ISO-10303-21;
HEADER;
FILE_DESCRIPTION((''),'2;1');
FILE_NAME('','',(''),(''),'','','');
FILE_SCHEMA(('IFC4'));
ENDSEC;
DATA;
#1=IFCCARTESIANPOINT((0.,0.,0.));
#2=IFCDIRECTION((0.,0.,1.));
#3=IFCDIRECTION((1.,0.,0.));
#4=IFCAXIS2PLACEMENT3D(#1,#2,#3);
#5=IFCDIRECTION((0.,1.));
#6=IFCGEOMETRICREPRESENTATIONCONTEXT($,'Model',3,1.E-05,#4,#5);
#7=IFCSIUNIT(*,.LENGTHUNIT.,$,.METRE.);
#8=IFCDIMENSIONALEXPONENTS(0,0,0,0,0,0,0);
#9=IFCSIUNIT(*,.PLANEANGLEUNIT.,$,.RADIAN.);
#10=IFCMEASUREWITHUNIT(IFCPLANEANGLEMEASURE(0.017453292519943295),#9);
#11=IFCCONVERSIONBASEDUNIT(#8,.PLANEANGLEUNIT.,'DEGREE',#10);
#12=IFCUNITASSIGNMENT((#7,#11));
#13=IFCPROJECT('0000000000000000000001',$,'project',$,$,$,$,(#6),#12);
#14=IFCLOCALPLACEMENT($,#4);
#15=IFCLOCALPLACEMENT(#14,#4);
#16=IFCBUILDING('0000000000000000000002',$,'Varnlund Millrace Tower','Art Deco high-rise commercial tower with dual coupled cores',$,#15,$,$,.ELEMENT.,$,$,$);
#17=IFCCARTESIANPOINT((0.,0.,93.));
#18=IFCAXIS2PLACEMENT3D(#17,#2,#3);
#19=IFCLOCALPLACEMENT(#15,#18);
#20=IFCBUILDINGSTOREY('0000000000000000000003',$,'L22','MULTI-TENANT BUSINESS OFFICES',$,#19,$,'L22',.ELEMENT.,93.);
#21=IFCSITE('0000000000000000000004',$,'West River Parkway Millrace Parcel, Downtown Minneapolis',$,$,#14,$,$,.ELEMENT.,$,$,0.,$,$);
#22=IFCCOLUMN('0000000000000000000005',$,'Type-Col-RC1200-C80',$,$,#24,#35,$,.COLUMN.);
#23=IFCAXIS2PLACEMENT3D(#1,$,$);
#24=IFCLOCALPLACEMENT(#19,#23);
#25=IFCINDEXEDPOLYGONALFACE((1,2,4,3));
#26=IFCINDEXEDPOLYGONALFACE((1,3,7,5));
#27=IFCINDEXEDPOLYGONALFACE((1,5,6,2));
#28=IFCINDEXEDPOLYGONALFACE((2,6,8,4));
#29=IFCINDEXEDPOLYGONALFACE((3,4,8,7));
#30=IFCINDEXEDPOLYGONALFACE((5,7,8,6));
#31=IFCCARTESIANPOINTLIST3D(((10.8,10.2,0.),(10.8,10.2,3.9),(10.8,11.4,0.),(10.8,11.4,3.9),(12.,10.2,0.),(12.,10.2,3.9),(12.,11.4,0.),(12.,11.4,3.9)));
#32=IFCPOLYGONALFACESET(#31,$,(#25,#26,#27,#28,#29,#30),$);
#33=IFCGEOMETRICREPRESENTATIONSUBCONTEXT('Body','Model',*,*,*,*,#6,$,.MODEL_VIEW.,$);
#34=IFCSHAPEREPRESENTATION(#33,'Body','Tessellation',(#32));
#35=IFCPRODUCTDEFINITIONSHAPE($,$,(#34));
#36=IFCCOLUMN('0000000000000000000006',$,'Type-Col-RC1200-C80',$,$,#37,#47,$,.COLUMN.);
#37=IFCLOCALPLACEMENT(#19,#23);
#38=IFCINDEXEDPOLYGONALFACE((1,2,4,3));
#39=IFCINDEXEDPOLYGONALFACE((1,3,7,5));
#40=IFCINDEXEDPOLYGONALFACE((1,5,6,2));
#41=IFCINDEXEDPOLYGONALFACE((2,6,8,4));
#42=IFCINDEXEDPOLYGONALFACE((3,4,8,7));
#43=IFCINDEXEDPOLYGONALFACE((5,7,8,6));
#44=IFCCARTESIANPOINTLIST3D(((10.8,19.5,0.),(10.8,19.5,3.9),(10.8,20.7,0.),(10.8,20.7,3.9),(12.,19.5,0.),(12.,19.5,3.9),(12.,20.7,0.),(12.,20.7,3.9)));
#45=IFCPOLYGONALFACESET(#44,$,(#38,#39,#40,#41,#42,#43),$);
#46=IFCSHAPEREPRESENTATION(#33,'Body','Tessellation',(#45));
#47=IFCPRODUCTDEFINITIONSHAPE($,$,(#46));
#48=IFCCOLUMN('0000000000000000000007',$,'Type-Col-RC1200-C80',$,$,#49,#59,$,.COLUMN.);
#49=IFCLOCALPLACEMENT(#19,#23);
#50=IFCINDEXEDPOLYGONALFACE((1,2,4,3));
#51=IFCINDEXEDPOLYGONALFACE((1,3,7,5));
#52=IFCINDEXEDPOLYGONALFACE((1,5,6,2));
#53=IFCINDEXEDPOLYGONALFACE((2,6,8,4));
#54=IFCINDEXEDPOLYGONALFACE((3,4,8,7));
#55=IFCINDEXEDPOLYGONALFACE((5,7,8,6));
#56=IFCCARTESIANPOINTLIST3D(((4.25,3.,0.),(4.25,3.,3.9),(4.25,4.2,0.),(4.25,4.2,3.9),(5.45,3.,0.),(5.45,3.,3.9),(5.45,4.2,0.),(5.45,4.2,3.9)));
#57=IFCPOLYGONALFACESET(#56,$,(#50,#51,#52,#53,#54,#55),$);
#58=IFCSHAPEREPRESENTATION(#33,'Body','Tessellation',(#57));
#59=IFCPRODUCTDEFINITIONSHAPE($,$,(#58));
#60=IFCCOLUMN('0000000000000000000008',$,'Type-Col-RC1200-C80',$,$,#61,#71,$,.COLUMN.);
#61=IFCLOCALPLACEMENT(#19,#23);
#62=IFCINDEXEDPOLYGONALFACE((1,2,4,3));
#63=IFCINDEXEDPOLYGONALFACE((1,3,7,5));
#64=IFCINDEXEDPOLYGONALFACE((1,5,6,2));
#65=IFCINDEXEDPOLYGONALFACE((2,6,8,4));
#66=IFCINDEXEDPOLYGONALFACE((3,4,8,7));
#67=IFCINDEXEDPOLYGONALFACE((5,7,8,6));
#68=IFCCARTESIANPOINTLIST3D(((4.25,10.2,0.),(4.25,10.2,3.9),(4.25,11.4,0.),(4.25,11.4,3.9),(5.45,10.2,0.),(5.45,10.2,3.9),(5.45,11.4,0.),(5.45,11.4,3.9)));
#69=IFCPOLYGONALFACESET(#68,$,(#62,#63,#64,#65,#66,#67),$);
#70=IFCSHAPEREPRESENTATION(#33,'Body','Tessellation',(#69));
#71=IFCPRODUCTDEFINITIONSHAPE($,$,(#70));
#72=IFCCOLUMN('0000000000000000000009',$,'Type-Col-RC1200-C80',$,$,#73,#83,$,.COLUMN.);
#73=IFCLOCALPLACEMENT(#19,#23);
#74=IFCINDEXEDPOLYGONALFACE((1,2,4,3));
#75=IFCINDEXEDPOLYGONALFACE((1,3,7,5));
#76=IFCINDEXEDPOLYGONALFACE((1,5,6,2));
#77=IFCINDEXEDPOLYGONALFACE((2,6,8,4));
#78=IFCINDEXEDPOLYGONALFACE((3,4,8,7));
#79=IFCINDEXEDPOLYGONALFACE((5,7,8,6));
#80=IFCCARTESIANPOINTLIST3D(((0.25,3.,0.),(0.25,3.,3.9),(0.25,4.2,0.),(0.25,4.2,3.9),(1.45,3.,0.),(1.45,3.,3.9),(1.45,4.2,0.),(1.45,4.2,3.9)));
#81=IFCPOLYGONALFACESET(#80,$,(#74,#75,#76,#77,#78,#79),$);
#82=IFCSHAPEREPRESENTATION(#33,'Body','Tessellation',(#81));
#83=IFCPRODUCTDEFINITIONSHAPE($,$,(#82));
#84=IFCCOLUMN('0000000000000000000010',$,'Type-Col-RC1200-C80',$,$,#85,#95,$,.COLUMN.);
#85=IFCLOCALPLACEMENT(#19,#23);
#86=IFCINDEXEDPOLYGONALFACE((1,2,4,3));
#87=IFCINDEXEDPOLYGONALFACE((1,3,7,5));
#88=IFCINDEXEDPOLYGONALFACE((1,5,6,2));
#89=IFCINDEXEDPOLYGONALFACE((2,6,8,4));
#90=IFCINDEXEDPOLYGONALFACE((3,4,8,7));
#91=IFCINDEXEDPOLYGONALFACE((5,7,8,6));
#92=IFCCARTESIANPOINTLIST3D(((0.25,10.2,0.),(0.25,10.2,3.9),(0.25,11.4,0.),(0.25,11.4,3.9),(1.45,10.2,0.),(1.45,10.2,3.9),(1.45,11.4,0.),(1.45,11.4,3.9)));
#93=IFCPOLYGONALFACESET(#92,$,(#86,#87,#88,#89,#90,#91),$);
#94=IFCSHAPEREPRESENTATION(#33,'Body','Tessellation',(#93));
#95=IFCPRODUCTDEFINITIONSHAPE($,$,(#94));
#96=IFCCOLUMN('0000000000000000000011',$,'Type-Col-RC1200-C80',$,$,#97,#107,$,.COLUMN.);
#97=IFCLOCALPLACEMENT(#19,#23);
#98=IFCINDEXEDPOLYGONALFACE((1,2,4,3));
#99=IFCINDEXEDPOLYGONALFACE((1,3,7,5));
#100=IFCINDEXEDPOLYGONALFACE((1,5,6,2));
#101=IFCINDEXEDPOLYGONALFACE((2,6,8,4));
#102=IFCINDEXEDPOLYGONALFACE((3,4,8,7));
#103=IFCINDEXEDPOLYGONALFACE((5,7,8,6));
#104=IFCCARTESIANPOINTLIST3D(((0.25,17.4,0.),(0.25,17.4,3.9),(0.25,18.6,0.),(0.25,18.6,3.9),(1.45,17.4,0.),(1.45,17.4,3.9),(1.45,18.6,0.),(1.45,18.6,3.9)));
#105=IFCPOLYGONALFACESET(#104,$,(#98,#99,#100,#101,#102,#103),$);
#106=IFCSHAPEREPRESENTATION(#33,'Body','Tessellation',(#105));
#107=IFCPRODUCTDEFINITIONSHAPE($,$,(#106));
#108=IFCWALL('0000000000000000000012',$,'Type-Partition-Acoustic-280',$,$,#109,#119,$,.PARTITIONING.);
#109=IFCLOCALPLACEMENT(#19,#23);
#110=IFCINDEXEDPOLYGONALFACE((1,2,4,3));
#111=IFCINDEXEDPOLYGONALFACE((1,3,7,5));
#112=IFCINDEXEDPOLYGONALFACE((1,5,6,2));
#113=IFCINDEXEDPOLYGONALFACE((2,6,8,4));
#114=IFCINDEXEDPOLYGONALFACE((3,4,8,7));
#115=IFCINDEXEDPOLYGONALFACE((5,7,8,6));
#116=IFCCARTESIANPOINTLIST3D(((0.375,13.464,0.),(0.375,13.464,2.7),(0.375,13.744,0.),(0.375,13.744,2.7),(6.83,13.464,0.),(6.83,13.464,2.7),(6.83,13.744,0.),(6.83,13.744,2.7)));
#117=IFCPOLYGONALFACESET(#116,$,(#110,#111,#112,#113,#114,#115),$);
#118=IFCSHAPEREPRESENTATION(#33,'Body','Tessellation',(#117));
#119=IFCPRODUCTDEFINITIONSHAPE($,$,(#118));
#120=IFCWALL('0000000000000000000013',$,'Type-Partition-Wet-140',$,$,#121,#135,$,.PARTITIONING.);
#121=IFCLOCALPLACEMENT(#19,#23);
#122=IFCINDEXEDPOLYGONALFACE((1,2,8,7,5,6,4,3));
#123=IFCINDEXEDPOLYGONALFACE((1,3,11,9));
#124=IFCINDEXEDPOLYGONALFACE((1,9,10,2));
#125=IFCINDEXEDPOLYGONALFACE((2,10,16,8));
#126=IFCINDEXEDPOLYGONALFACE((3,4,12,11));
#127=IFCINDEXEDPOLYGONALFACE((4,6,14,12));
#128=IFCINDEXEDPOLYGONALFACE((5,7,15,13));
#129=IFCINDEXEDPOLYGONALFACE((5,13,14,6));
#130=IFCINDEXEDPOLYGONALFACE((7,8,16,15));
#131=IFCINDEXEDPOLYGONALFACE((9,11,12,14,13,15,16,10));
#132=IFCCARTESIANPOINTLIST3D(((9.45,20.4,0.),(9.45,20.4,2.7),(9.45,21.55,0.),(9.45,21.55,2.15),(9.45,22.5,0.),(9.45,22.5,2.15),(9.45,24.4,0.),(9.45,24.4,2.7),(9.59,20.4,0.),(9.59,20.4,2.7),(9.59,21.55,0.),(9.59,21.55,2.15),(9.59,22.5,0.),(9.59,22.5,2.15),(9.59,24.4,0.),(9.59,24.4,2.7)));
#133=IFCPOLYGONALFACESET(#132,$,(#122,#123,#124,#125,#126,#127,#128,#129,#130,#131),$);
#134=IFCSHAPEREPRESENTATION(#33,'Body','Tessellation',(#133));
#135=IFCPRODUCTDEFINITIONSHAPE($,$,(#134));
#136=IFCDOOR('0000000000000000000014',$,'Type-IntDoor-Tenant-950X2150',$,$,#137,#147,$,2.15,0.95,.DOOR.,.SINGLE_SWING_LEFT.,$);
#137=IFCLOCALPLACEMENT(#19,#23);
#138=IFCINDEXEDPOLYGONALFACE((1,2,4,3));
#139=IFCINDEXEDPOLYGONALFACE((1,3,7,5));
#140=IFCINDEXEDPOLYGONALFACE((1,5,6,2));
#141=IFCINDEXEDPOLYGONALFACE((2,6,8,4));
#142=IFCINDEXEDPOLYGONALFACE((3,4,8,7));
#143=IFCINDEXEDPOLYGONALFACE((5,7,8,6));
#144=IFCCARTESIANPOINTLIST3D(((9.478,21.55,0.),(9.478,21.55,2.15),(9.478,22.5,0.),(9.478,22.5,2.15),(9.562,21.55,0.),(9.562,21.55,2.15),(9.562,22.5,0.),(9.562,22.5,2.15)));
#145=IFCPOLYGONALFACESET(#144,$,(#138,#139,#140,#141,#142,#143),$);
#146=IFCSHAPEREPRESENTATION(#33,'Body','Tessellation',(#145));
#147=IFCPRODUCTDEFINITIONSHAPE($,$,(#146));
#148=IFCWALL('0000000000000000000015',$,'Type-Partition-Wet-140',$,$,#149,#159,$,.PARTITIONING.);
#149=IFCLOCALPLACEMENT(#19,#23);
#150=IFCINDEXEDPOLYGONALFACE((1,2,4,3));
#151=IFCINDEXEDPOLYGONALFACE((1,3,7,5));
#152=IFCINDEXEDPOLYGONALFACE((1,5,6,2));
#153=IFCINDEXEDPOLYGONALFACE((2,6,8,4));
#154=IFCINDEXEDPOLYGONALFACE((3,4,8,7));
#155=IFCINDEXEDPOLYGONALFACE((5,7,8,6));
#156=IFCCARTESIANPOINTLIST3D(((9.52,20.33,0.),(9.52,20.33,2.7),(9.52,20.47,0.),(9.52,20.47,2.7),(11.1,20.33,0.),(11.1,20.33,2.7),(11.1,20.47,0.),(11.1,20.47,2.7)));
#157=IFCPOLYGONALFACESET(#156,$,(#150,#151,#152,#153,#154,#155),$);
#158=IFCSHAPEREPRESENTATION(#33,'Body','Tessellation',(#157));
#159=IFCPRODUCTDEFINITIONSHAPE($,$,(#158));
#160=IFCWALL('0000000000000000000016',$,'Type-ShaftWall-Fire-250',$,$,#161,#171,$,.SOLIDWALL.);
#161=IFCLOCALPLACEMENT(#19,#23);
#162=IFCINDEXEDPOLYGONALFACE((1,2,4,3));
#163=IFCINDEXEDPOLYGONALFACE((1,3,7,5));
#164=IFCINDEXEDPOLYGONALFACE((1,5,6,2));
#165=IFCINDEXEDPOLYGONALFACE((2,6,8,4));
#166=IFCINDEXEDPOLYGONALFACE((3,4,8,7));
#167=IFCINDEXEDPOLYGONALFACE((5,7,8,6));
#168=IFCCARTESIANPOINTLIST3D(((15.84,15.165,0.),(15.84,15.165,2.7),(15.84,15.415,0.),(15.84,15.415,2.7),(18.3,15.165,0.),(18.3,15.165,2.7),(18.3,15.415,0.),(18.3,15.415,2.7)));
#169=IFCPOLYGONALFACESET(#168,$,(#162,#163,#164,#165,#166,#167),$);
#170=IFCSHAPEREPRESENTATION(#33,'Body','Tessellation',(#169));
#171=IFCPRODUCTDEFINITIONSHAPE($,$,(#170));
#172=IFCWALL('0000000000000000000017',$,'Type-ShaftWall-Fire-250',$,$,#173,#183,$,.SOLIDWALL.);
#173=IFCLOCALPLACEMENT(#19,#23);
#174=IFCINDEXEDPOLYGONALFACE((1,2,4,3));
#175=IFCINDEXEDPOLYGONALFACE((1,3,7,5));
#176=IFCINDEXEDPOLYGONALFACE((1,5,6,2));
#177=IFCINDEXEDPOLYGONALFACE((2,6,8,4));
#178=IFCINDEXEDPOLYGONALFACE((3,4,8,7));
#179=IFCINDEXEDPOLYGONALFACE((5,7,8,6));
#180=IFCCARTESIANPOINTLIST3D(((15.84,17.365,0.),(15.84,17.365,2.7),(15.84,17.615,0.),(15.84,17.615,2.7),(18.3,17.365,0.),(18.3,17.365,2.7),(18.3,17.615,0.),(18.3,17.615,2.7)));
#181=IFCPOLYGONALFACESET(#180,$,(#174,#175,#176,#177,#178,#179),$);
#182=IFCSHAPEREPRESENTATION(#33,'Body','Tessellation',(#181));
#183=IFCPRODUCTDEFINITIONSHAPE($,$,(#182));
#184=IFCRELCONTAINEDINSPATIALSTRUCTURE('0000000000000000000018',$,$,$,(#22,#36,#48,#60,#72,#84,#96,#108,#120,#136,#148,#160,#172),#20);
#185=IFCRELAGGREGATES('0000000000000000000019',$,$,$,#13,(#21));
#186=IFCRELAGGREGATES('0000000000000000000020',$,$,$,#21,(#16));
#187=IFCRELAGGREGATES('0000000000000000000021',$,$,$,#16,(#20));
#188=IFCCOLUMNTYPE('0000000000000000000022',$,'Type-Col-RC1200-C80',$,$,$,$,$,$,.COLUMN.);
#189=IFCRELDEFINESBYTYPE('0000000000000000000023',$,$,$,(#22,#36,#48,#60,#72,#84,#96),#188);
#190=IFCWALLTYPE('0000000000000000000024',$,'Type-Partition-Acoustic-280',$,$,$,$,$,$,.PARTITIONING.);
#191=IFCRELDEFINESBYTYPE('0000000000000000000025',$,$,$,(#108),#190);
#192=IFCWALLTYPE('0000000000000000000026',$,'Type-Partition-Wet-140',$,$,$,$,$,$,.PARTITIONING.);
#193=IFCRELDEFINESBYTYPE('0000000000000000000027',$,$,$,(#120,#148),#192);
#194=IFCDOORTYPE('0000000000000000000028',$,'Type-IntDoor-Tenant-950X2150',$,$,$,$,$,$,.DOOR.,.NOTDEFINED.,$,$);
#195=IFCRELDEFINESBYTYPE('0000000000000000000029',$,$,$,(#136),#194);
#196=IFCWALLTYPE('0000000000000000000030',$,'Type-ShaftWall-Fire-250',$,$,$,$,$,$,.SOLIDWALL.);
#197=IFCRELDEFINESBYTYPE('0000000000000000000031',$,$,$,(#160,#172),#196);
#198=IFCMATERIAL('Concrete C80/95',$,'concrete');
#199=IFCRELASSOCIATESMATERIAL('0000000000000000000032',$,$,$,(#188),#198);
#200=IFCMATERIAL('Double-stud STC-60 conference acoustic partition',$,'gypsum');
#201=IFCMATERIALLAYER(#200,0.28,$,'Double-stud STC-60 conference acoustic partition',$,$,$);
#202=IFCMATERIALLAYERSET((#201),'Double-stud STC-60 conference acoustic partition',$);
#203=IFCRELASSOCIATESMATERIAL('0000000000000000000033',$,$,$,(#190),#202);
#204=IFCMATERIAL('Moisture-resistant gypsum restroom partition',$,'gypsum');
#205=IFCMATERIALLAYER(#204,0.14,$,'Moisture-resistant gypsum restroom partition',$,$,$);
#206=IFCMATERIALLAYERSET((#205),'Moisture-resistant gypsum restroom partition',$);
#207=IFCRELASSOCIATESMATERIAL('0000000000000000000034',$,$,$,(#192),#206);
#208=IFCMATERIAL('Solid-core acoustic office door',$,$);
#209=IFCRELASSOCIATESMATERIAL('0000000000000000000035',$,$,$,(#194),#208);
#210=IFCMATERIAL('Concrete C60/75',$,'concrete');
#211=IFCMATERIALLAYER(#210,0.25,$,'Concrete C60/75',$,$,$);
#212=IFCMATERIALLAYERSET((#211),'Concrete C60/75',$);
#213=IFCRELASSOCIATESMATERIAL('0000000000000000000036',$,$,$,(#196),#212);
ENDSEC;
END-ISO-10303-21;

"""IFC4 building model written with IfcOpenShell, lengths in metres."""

from ifc_helpers import new_model, entity, si_unit, converted_unit, direction, frame, origin_with_axes, origin_2d_with_axis, place, context, subcontext, project, spatial, polyline, rectangle, outline, extrude, material, layer, layer_set, material_profile, profile_set, type_object, element, fill, save


model = new_model("IFC4")

# Units and contexts
model_context = context("Model", 3, precision=1e-05, world=origin_with_axes(), true_north=direction((0.0, 1.0)))
body_context = subcontext(model_context, "Body", "Model", "MODEL_VIEW")
ifc_project = project(units=[si_unit("LENGTHUNIT", "METRE"), converted_unit("PLANEANGLEUNIT", "DEGREE", entity("IfcPlaneAngleMeasure", 0.017453292519943295), si_unit("PLANEANGLEUNIT", "RADIAN"), dimensions=[0, 0, 0, 0, 0, 0, 0])], contexts=[model_context])

# Site, building, storey
site_placement = place(None, origin_with_axes())
site = spatial("IfcSite", under=ifc_project, at=site_placement, Name="West River Parkway Millrace Parcel, Downtown Minneapolis", CompositionType="ELEMENT", RefElevation=0.0)
building_placement = place(site_placement, origin_with_axes())
building = spatial("IfcBuilding", under=site, at=building_placement, Name="Varnlund Millrace Tower", Description="Art Deco high-rise commercial tower with dual coupled cores", CompositionType="ELEMENT")
storey_placement = place(building_placement, frame((0.0, 0.0, 93.0), z_axis=(0.0, 0.0, 1.0), x_axis=(1.0, 0.0, 0.0)))
storey = spatial("IfcBuildingStorey", under=building, at=storey_placement, Name="L22", Description="MULTI-TENANT BUSINESS OFFICES", LongName="L22", CompositionType="ELEMENT", Elevation=93.0)

# Columns
ifc_material_1 = material(Name="Concrete C80/95", Category="concrete")
ifc_material_profile = material_profile(ifc_material_1, rectangle(XDim=1.2, YDim=1.2, at=origin_2d_with_axis()), Name="Concrete C80/95")
ifc_profile_set = profile_set([ifc_material_profile], Name="Concrete C80/95")
column_type = type_object("IfcColumnType", Name="Type-Col-RC1200-C80", PredefinedType="COLUMN", material=ifc_profile_set)
for number, where, z_axis, x_axis, name in (
    (1, (11.4, 10.8, 0.0), (0.0, 0.0, 1.0), (1.0, 0.0, 0.0), "Type-Col-RC1200-C80"),
    (2, (11.4, 20.1, 0.0), (0.0, 0.0, 1.0), (1.0, 0.0, 0.0), "Type-Col-RC1200-C80"),
    (3, (4.85, 3.6, 0.0), (0.0, 0.0, 1.0), (1.0, 0.0, 0.0), "Type-Col-RC1200-C80"),
    (4, (4.85, 10.8, 0.0), (0.0, 0.0, 1.0), (1.0, 0.0, 0.0), "Type-Col-RC1200-C80"),
    (5, (0.85, 3.6, 0.0), (0.0, 0.0, 1.0), (1.0, 0.0, 0.0), "Type-Col-RC1200-C80"),
    (6, (0.85, 10.8, 0.0), (0.0, 0.0, 1.0), (1.0, 0.0, 0.0), "Type-Col-RC1200-C80"),
    (7, (0.85, 18.0, 0.0), (0.0, 0.0, 1.0), (1.0, 0.0, 0.0), "Type-Col-RC1200-C80"),
):
    element("IfcColumn", number, at=place(storey_placement, frame(where, z_axis=z_axis, x_axis=x_axis)), inside=storey, type_object=column_type, Name=name, PredefinedType="COLUMN", context=body_context, shape_type="SweptSolid", body=[
        extrude(rectangle(XDim=1.2, YDim=1.2, at=origin_2d_with_axis()), origin_with_axes(), (0.0, 0.0, 1.0), 3.9),
    ])

# Wall
ifc_material_2 = material(Name="Double-stud STC-60 conference acoustic partition", Category="gypsum")
ifc_layer_1 = layer(ifc_material_2, 0.28, Name="Double-stud STC-60 conference acoustic partition")
ifc_layer_set_1 = layer_set([ifc_layer_1], Name="Double-stud STC-60 conference acoustic partition")
wall_type_1 = type_object("IfcWallType", Name="Type-Partition-Acoustic-280", PredefinedType="PARTITIONING", material=ifc_layer_set_1)
wall_1_placement = place(storey_placement, frame((0.375, 13.604, 0.0), z_axis=(0.0, 0.0, 1.0), x_axis=(1.0, 0.0, 0.0)))
element("IfcWall", 8, at=wall_1_placement, inside=storey, type_object=wall_type_1, Name="Type-Partition-Acoustic-280", PredefinedType="PARTITIONING", context=body_context, shape_type="SweptSolid", body=[
    extrude(outline(polyline([(0.0, -0.14), (6.455, -0.14), (6.455, 0.14), (0.0, 0.14), (0.0, -0.14)])), origin_with_axes(), (0.0, 0.0, 1.0), 2.7),
])

# Wall, opening, door
ifc_material_3 = material(Name="Moisture-resistant gypsum restroom partition", Category="gypsum")
ifc_layer_2 = layer(ifc_material_3, 0.14, Name="Moisture-resistant gypsum restroom partition")
ifc_layer_set_2 = layer_set([ifc_layer_2], Name="Moisture-resistant gypsum restroom partition")
wall_type_2 = type_object("IfcWallType", Name="Type-Partition-Wet-140", PredefinedType="PARTITIONING", material=ifc_layer_set_2)
wall_2_placement = place(storey_placement, frame((9.52, 20.4, 0.0), z_axis=(0.0, 0.0, 1.0), x_axis=(0.0, 1.0, 0.0)))
wall_2 = element("IfcWall", 9, at=wall_2_placement, inside=storey, type_object=wall_type_2, Name="Type-Partition-Wet-140", PredefinedType="PARTITIONING", context=body_context, shape_type="SweptSolid", body=[
    extrude(outline(polyline([(0.0, -0.07), (4.0, -0.07), (4.0, 0.07), (0.0, 0.07), (0.0, -0.07)])), origin_with_axes(), (0.0, 0.0, 1.0), 2.7),
])
opening_1_placement = place(wall_2_placement, frame((1.625, 0.0, 0.0), z_axis=(0.0, 0.0, 1.0), x_axis=(1.0, 0.0, 0.0)))
opening_1 = element("IfcOpeningElement", 10, at=opening_1_placement, cuts=wall_2, PredefinedType="OPENING", context=body_context, shape_type="SweptSolid", body=[
    extrude(rectangle(XDim=0.95, YDim=0.16, at=origin_2d_with_axis()), origin_with_axes(), (0.0, 0.0, 1.0), 2.15),
])
ifc_material_4 = material(Name="Solid-core acoustic office door")
door_type_1 = type_object("IfcDoorType", Name="Type-IntDoor-Tenant-950X2150", OperationType="NOTDEFINED", PredefinedType="DOOR", material=ifc_material_4)
door_1_placement = place(wall_2_placement, frame((1.625, 0.0, 0.0), z_axis=(0.0, 0.0, 1.0), x_axis=(1.0, 0.0, 0.0)))
door_1 = element("IfcDoor", 11, at=door_1_placement, inside=storey, type_object=door_type_1, Name="Type-IntDoor-Tenant-950X2150", OperationType="SINGLE_SWING_LEFT", OverallHeight=2.15, OverallWidth=0.95, PredefinedType="DOOR", context=body_context, shape_type="SweptSolid", body=[
    extrude(rectangle(XDim=0.95, YDim=0.084, at=origin_2d_with_axis()), origin_with_axes(), (0.0, 0.0, 1.0), 2.15),
])
fill(opening_1, door_1)

# Walls
wall_3_placement = place(storey_placement, frame((9.52, 20.4, 0.0), z_axis=(0.0, 0.0, 1.0), x_axis=(1.0, 0.0, 0.0)))
element("IfcWall", 12, at=wall_3_placement, inside=storey, type_object=wall_type_2, Name="Type-Partition-Wet-140", PredefinedType="PARTITIONING", context=body_context, shape_type="SweptSolid", body=[
    extrude(outline(polyline([(0.0, -0.07), (1.58, -0.07), (1.58, 0.07), (0.0, 0.07), (0.0, -0.07)])), origin_with_axes(), (0.0, 0.0, 1.0), 2.7),
])
ifc_material_5 = material(Name="Concrete C60/75", Category="concrete")
ifc_layer_3 = layer(ifc_material_5, 0.25, Name="Concrete C60/75")
ifc_layer_set_3 = layer_set([ifc_layer_3], Name="Concrete C60/75")
wall_type_3 = type_object("IfcWallType", Name="Type-ShaftWall-Fire-250", PredefinedType="SOLIDWALL", material=ifc_layer_set_3)
for number, where, z_axis, x_axis, name in (
    (13, (15.84, 15.29, 0.0), (0.0, 0.0, 1.0), (1.0, 0.0, 0.0), "Type-ShaftWall-Fire-250"),
    (14, (15.84, 17.49, 0.0), (0.0, 0.0, 1.0), (1.0, 0.0, 0.0), "Type-ShaftWall-Fire-250"),
):
    element("IfcWall", number, at=place(storey_placement, frame(where, z_axis=z_axis, x_axis=x_axis)), inside=storey, type_object=wall_type_3, Name=name, PredefinedType="SOLIDWALL", context=body_context, shape_type="SweptSolid", body=[
        extrude(outline(polyline([(0.0, -0.125), (2.46, -0.125), (2.46, 0.125), (0.0, 0.125), (0.0, -0.125)])), origin_with_axes(), (0.0, 0.0, 1.0), 2.7),
    ])

save(model, "model.ifc")
